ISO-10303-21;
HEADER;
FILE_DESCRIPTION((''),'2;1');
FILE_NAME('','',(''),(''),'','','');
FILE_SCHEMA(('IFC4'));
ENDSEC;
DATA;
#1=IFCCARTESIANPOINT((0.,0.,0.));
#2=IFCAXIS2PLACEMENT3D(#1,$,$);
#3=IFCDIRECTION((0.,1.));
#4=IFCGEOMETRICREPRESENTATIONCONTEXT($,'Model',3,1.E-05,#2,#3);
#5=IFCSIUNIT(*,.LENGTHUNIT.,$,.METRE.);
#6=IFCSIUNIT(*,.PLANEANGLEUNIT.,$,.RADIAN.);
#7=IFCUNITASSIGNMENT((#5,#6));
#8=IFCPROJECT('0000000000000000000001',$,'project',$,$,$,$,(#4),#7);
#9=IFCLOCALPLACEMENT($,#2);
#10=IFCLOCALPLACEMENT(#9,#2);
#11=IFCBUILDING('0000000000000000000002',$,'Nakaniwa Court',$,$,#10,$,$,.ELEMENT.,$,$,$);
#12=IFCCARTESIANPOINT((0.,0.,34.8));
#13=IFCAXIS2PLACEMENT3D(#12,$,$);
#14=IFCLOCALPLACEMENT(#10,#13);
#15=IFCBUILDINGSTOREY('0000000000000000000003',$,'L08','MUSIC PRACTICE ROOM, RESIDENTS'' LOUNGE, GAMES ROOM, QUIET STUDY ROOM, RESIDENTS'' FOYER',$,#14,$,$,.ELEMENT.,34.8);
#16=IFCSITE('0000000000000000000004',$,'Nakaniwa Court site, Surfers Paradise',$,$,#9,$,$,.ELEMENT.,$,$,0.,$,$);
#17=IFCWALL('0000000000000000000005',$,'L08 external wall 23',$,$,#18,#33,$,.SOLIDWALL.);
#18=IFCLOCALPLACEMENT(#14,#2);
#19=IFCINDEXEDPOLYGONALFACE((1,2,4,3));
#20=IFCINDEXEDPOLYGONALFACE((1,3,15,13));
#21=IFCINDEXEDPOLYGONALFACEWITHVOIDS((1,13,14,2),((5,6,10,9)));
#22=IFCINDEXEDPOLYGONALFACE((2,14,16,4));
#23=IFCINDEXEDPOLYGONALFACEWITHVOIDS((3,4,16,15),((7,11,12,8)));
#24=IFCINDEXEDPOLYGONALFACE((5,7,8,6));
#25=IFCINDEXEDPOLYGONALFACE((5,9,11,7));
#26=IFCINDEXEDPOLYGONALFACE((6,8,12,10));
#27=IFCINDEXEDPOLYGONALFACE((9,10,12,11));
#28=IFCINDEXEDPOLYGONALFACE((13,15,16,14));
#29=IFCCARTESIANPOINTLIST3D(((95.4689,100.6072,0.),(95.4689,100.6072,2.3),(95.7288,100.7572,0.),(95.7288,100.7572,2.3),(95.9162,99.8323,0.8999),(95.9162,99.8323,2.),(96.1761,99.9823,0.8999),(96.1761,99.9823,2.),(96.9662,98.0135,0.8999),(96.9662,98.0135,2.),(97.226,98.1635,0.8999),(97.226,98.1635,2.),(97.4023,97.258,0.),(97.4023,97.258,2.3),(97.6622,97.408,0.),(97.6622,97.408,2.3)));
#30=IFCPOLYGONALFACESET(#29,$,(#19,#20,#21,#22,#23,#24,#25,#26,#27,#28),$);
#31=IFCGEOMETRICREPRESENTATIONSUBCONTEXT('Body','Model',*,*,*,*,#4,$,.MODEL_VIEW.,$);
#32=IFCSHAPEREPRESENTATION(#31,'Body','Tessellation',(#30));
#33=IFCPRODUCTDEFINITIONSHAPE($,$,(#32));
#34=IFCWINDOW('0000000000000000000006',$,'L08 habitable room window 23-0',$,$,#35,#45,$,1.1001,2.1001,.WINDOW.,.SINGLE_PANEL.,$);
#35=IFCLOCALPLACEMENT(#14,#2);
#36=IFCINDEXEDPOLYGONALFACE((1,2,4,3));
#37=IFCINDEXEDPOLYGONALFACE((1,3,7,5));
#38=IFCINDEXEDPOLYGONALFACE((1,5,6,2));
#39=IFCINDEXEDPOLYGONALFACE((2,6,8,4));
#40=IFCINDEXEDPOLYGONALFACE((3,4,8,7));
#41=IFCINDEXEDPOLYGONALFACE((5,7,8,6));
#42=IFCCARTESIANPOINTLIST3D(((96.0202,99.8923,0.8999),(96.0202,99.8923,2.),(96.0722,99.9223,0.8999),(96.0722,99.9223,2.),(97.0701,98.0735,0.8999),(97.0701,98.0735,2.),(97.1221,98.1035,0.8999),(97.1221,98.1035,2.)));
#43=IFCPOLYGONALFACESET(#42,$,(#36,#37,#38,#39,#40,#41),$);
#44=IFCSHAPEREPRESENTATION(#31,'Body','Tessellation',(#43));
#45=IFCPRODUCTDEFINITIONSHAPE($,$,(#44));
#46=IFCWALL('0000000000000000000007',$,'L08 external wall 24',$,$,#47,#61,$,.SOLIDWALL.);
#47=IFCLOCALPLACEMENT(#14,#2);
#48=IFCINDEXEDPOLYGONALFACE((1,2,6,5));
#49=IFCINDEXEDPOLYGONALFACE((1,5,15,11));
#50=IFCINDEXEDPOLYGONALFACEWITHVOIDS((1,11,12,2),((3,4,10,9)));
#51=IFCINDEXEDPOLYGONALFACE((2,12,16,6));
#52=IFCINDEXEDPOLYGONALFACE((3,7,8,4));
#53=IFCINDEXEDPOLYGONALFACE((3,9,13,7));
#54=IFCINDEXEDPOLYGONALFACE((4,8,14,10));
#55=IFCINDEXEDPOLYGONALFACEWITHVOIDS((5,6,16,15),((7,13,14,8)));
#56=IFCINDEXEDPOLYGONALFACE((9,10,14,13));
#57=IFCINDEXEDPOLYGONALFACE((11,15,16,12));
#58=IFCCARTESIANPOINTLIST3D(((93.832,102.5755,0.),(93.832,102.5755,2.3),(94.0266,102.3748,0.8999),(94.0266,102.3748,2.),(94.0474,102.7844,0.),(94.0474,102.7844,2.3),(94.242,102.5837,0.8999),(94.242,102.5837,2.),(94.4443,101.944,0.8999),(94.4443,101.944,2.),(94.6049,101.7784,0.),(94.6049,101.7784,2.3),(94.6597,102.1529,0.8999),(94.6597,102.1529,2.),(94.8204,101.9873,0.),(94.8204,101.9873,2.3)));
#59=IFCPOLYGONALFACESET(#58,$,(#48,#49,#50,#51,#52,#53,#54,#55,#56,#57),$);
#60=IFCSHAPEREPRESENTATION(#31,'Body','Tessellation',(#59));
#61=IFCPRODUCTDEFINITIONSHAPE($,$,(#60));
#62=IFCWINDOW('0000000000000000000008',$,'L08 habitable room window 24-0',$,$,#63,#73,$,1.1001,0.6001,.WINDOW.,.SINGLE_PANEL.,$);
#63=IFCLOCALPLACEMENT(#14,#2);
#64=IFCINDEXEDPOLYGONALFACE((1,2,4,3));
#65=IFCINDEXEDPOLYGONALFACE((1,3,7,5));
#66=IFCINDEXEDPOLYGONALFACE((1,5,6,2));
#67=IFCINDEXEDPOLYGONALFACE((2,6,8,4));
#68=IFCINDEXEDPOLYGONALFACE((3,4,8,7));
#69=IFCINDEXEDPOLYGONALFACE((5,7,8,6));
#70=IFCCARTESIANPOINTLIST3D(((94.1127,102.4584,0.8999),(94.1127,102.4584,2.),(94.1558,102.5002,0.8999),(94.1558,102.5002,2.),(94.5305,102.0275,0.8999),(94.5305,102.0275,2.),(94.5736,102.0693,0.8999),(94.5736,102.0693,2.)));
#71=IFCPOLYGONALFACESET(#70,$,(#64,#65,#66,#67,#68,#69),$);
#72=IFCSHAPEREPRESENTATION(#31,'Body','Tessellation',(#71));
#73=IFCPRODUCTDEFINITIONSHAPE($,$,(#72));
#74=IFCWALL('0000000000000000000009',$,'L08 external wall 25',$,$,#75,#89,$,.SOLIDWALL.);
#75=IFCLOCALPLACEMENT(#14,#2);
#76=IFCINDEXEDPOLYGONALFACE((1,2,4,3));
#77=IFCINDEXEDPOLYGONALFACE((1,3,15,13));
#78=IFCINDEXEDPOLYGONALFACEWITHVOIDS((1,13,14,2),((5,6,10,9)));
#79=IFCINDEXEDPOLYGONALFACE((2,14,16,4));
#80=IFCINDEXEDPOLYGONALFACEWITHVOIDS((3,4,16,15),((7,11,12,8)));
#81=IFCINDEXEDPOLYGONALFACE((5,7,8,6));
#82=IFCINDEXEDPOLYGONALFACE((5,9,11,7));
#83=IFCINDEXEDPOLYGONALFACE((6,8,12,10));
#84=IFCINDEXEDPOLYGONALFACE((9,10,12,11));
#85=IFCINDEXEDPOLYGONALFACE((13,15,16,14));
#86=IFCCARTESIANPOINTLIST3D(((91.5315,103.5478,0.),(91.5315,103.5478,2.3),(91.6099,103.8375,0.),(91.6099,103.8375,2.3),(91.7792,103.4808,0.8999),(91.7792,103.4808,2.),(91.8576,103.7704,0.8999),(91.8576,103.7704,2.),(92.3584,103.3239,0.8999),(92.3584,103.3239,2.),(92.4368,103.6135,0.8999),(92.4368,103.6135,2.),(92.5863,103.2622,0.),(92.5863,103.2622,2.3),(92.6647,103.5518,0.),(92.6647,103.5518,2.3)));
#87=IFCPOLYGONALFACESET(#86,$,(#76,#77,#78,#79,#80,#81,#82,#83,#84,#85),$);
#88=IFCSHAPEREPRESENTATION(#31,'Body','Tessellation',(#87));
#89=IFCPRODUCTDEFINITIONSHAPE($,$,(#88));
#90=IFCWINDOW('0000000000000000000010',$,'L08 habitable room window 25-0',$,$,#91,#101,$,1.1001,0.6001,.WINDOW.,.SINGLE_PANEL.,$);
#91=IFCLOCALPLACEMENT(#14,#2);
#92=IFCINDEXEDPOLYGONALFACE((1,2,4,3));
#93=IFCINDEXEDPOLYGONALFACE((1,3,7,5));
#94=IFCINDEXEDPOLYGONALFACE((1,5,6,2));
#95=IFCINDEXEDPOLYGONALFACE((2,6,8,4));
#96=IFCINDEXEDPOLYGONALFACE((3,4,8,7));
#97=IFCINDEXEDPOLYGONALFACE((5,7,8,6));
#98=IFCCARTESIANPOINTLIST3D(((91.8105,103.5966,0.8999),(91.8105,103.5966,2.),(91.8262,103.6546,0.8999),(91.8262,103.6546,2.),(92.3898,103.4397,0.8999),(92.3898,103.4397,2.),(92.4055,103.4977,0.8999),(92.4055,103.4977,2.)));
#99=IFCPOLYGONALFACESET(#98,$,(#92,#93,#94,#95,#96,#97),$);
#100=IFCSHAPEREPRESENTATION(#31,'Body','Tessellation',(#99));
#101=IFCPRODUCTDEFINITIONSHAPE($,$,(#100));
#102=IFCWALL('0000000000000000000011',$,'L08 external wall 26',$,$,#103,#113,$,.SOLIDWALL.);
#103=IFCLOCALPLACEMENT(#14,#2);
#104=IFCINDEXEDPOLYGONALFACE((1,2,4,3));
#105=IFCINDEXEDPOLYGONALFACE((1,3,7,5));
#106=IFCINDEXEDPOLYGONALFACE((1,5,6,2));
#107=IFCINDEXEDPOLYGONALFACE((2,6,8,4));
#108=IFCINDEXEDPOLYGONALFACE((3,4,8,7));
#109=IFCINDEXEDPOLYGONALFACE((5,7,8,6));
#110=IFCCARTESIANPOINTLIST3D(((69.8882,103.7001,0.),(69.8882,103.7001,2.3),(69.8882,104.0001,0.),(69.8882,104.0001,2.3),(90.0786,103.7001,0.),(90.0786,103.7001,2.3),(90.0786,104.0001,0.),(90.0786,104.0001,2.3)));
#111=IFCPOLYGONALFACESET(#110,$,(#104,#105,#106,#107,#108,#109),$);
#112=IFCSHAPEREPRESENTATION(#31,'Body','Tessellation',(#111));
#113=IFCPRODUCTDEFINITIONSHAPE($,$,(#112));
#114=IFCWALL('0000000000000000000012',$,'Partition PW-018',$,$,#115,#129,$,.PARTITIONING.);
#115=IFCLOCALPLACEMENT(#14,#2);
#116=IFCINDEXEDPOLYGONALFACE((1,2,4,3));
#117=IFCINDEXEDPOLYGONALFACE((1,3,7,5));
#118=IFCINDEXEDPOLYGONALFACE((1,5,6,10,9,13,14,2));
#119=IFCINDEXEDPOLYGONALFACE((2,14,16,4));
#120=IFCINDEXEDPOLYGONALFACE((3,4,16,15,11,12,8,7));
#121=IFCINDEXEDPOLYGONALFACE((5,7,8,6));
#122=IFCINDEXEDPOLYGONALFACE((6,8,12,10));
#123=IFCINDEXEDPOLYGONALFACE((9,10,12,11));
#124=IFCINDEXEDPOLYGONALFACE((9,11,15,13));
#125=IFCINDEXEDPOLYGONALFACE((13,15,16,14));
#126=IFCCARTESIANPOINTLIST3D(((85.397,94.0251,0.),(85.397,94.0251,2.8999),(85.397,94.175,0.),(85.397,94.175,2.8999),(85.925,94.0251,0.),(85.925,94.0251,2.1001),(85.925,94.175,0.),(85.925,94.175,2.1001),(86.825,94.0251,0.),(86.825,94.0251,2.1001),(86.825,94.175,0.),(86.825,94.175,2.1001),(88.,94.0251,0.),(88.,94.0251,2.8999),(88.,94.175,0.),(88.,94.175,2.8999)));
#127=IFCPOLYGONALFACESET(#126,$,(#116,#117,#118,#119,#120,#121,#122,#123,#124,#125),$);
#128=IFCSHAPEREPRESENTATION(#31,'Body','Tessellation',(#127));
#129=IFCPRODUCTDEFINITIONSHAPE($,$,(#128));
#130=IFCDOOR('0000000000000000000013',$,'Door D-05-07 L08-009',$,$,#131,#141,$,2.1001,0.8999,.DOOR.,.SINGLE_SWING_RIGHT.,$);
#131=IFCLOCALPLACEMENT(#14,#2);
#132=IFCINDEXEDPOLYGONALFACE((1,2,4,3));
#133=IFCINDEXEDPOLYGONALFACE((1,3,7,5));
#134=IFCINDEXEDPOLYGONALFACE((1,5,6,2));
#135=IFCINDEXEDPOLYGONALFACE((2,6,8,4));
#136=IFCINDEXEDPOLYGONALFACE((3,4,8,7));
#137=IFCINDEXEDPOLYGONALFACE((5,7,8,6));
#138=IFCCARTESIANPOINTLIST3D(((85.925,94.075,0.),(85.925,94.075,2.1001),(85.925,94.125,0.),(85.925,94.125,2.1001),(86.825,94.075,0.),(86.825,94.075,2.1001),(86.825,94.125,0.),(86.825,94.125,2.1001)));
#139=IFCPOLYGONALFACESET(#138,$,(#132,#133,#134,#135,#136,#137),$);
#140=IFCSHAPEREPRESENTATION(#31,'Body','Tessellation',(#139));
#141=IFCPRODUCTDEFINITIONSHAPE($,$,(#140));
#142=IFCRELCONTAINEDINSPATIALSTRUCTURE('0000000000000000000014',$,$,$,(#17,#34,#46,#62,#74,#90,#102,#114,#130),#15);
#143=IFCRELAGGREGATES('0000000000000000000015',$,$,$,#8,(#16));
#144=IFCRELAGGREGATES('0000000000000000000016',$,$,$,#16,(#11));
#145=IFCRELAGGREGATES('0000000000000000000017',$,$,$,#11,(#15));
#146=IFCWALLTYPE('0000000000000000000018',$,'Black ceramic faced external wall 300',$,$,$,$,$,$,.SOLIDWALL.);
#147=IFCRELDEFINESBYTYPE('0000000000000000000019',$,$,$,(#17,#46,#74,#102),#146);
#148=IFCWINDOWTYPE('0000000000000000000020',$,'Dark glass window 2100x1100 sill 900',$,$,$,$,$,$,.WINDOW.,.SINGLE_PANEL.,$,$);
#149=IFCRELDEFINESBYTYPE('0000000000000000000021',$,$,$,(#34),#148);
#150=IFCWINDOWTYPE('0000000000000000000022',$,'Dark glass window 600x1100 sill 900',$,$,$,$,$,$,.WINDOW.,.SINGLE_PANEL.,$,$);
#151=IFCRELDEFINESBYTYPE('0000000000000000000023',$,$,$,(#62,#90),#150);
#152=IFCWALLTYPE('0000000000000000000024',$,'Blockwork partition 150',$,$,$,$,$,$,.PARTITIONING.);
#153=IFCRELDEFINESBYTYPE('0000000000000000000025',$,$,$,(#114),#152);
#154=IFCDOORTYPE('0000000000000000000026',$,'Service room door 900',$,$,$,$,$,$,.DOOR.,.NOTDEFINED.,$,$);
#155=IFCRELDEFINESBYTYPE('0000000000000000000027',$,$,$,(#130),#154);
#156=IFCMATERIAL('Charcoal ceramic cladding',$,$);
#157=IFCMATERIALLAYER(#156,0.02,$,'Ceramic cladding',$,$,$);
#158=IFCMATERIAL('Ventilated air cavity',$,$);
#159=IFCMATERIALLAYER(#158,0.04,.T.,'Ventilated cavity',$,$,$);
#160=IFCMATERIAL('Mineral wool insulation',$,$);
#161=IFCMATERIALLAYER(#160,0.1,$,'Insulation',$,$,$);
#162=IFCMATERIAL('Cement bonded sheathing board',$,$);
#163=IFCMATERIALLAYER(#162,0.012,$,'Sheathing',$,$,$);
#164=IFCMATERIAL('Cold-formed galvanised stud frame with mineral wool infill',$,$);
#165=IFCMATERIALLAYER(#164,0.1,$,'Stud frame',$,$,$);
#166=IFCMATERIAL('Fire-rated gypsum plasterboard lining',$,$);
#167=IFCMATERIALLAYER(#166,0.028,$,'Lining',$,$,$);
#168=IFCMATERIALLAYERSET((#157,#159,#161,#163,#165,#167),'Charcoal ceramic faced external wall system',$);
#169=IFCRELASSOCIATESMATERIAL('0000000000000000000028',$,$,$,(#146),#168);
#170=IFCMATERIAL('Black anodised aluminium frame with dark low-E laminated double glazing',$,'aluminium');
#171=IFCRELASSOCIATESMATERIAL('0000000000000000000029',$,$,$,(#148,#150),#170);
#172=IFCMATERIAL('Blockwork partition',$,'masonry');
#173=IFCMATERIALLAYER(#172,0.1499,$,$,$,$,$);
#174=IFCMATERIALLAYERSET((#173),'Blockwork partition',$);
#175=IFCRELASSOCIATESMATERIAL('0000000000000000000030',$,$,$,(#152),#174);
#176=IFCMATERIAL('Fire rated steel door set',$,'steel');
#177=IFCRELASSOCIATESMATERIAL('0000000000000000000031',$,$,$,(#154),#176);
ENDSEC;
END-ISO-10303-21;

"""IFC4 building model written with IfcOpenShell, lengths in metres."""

from ifc_helpers import new_model, si_unit, direction, frame, frame_2d, origin, place, context, subcontext, project, spatial, rectangle, extrude, material, layer, layer_set, type_object, element, fill, save


model = new_model("IFC4")

# Units and contexts
model_context = context("Model", 3, precision=1e-05, world=origin(), true_north=direction((0.0, 1.0)))
body_context = subcontext(model_context, "Body", "Model", "MODEL_VIEW")
ifc_project = project(units=[si_unit("LENGTHUNIT", "METRE"), si_unit("PLANEANGLEUNIT", "RADIAN")], contexts=[model_context])

# Site, building, storey
site_placement = place(None, origin())
site = spatial("IfcSite", under=ifc_project, at=site_placement, Name="Nakaniwa Court site, Surfers Paradise", CompositionType="ELEMENT", RefElevation=0.0)
building_placement = place(site_placement, origin())
building = spatial("IfcBuilding", under=site, at=building_placement, Name="Nakaniwa Court", CompositionType="ELEMENT")
storey_placement = place(building_placement, frame((0.0, 0.0, 34.8)))
storey = spatial("IfcBuildingStorey", under=building, at=storey_placement, Name="L08", Description="MUSIC PRACTICE ROOM, RESIDENTS' LOUNGE, GAMES ROOM, QUIET STUDY ROOM, RESIDENTS' FOYER", CompositionType="ELEMENT", Elevation=34.8)

# Walls, openings, windows
ifc_material_1 = material(Name="Charcoal ceramic cladding")
ifc_layer_1 = layer(ifc_material_1, 0.02, Name="Ceramic cladding")
ifc_material_2 = material(Name="Ventilated air cavity")
ifc_layer_2 = layer(ifc_material_2, 0.04, ventilated=True, Name="Ventilated cavity")
ifc_material_3 = material(Name="Mineral wool insulation")
ifc_layer_3 = layer(ifc_material_3, 0.1, Name="Insulation")
ifc_material_4 = material(Name="Cement bonded sheathing board")
ifc_layer_4 = layer(ifc_material_4, 0.012, Name="Sheathing")
ifc_material_5 = material(Name="Cold-formed galvanised stud frame with mineral wool infill")
ifc_layer_5 = layer(ifc_material_5, 0.1, Name="Stud frame")
ifc_material_6 = material(Name="Fire-rated gypsum plasterboard lining")
ifc_layer_6 = layer(ifc_material_6, 0.028, Name="Lining")
ifc_layer_set_1 = layer_set([ifc_layer_1, ifc_layer_2, ifc_layer_3, ifc_layer_4, ifc_layer_5, ifc_layer_6], Name="Charcoal ceramic faced external wall system")
wall_type_1 = type_object("IfcWallType", Name="Black ceramic faced external wall 300", PredefinedType="SOLIDWALL", material=ifc_layer_set_1)
wall_1_placement = place(storey_placement, frame((97.5322, 97.333, 0.0), z_axis=(0.0, 0.0, 1.0), x_axis=(-0.499948, 0.866055, 0.0)))
wall_1 = element("IfcWall", 1, at=wall_1_placement, inside=storey, type_object=wall_type_1, Name="L08 external wall 23", PredefinedType="SOLIDWALL", context=body_context, shape_type="SweptSolid", body=[
    extrude(rectangle(XDim=3.8672, YDim=0.3, at=frame_2d((1.9336, 0.0))), origin(), (0.0, 0.0, 1.0), 2.3),
])
opening_1_placement = place(wall_1_placement, frame((0.8723, 0.0, 0.8999)))
opening_1 = element("IfcOpeningElement", 2, at=opening_1_placement, cuts=wall_1, PredefinedType="OPENING", context=body_context, shape_type="SweptSolid", body=[
    extrude(rectangle(XDim=2.1001, YDim=1.1001, at=frame_2d((1.05, 0.55))), frame((0.0, 0.1599, 0.0), z_axis=(0.0, -1.0, 0.0), x_axis=(1.0, 0.0, 0.0)), (0.0, 0.0, 1.0), 0.3201),
])
ifc_material_7 = material(Name="Black anodised aluminium frame with dark low-E laminated double glazing", Category="aluminium")
window_type_1 = type_object("IfcWindowType", Name="Dark glass window 2100x1100 sill 900", PartitioningType="SINGLE_PANEL", PredefinedType="WINDOW", material=ifc_material_7)
window_1_placement = place(opening_1_placement, origin())
window_1 = element("IfcWindow", 3, at=window_1_placement, inside=storey, type_object=window_type_1, Name="L08 habitable room window 23-0", OverallHeight=1.1001, OverallWidth=2.1001, PartitioningType="SINGLE_PANEL", PredefinedType="WINDOW", context=body_context, shape_type="SweptSolid", body=[
    extrude(rectangle(XDim=2.1001, YDim=1.1001, at=frame_2d((1.05, 0.55))), frame((0.0, 0.03, 0.0), z_axis=(0.0, -1.0, 0.0), x_axis=(1.0, 0.0, 0.0)), (0.0, 0.0, 1.0), 0.0601),
])
fill(opening_1, window_1)
wall_2_placement = place(storey_placement, frame((94.7126, 101.8828, 0.0), z_axis=(0.0, 0.0, 1.0), x_axis=(-0.696139, 0.717907, 0.0)))
wall_2 = element("IfcWall", 4, at=wall_2_placement, inside=storey, type_object=wall_type_1, Name="L08 external wall 24", PredefinedType="SOLIDWALL", context=body_context, shape_type="SweptSolid", body=[
    extrude(rectangle(XDim=1.1104, YDim=0.3, at=frame_2d((0.5552, 0.0))), origin(), (0.0, 0.0, 1.0), 2.3),
])
opening_2_placement = place(wall_2_placement, frame((0.2307, 0.0, 0.8999)))
opening_2 = element("IfcOpeningElement", 5, at=opening_2_placement, cuts=wall_2, PredefinedType="OPENING", context=body_context, shape_type="SweptSolid", body=[
    extrude(rectangle(XDim=0.6001, YDim=1.1001, at=frame_2d((0.3, 0.55))), frame((0.0, 0.1599, 0.0), z_axis=(0.0, -1.0, 0.0), x_axis=(1.0, 0.0, 0.0)), (0.0, 0.0, 1.0), 0.3201),
])
window_type_2 = type_object("IfcWindowType", Name="Dark glass window 600x1100 sill 900", PartitioningType="SINGLE_PANEL", PredefinedType="WINDOW", material=ifc_material_7)
window_2_placement = place(opening_2_placement, origin())
window_2 = element("IfcWindow", 6, at=window_2_placement, inside=storey, type_object=window_type_2, Name="L08 habitable room window 24-0", OverallHeight=1.1001, OverallWidth=0.6001, PartitioningType="SINGLE_PANEL", PredefinedType="WINDOW", context=body_context, shape_type="SweptSolid", body=[
    extrude(rectangle(XDim=0.6001, YDim=1.1001, at=frame_2d((0.3, 0.55))), frame((0.0, 0.03, 0.0), z_axis=(0.0, -1.0, 0.0), x_axis=(1.0, 0.0, 0.0)), (0.0, 0.0, 1.0), 0.0601),
])
fill(opening_2, window_2)
wall_3_placement = place(storey_placement, frame((92.6255, 103.407, 0.0), z_axis=(0.0, 0.0, 1.0), x_axis=(-0.965226, 0.261415, 0.0)))
wall_3 = element("IfcWall", 7, at=wall_3_placement, inside=storey, type_object=wall_type_1, Name="L08 external wall 25", PredefinedType="SOLIDWALL", context=body_context, shape_type="SweptSolid", body=[
    extrude(rectangle(XDim=1.0928, YDim=0.3, at=frame_2d((0.5464, 0.0))), origin(), (0.0, 0.0, 1.0), 2.3),
])
opening_3_placement = place(wall_3_placement, frame((0.2361, 0.0, 0.8999)))
opening_3 = element("IfcOpeningElement", 8, at=opening_3_placement, cuts=wall_3, PredefinedType="OPENING", context=body_context, shape_type="SweptSolid", body=[
    extrude(rectangle(XDim=0.6001, YDim=1.1001, at=frame_2d((0.3, 0.55))), frame((0.0, 0.1599, 0.0), z_axis=(0.0, -1.0, 0.0), x_axis=(1.0, 0.0, 0.0)), (0.0, 0.0, 1.0), 0.3201),
])
window_3_placement = place(opening_3_placement, origin())
window_3 = element("IfcWindow", 9, at=window_3_placement, inside=storey, type_object=window_type_2, Name="L08 habitable room window 25-0", OverallHeight=1.1001, OverallWidth=0.6001, PartitioningType="SINGLE_PANEL", PredefinedType="WINDOW", context=body_context, shape_type="SweptSolid", body=[
    extrude(rectangle(XDim=0.6001, YDim=1.1001, at=frame_2d((0.3, 0.55))), frame((0.0, 0.03, 0.0), z_axis=(0.0, -1.0, 0.0), x_axis=(1.0, 0.0, 0.0)), (0.0, 0.0, 1.0), 0.0601),
])
fill(opening_3, window_3)

# Wall
wall_4_placement = place(storey_placement, frame((90.0786, 103.8501, 0.0), z_axis=(0.0, 0.0, 1.0), x_axis=(-1.0, 0.0, 0.0)))
element("IfcWall", 10, at=wall_4_placement, inside=storey, type_object=wall_type_1, Name="L08 external wall 26", PredefinedType="SOLIDWALL", context=body_context, shape_type="SweptSolid", body=[
    extrude(rectangle(XDim=20.1904, YDim=0.3, at=frame_2d((10.0952, 0.0))), origin(), (0.0, 0.0, 1.0), 2.3),
])

# Wall, opening, door
ifc_material_8 = material(Name="Blockwork partition", Category="masonry")
ifc_layer_7 = layer(ifc_material_8, 0.1499)
ifc_layer_set_2 = layer_set([ifc_layer_7], Name="Blockwork partition")
wall_type_2 = type_object("IfcWallType", Name="Blockwork partition 150", PredefinedType="PARTITIONING", material=ifc_layer_set_2)
wall_5_placement = place(storey_placement, frame((85.397, 94.1001, 0.0), z_axis=(0.0, 0.0, 1.0), x_axis=(1.0, 0.0, 0.0)))
wall_5 = element("IfcWall", 11, at=wall_5_placement, inside=storey, type_object=wall_type_2, Name="Partition PW-018", PredefinedType="PARTITIONING", context=body_context, shape_type="SweptSolid", body=[
    extrude(rectangle(XDim=2.603, YDim=0.1499, at=frame_2d((1.3015, 0.0))), origin(), (0.0, 0.0, 1.0), 2.8999),
])
opening_4_placement = place(wall_5_placement, frame((0.5281, 0.0, 0.0)))
opening_4 = element("IfcOpeningElement", 12, at=opening_4_placement, cuts=wall_5, PredefinedType="OPENING", context=body_context, shape_type="SweptSolid", body=[
    extrude(rectangle(XDim=0.8999, YDim=2.1001, at=frame_2d((0.45, 1.05))), frame((0.0, 0.085, 0.0), z_axis=(0.0, -1.0, 0.0), x_axis=(1.0, 0.0, 0.0)), (0.0, 0.0, 1.0), 0.1699),
])
ifc_material_9 = material(Name="Fire rated steel door set", Category="steel")
door_type_1 = type_object("IfcDoorType", Name="Service room door 900", OperationType="NOTDEFINED", PredefinedType="DOOR", material=ifc_material_9)
door_1_placement = place(opening_4_placement, origin())
door_1 = element("IfcDoor", 13, at=door_1_placement, inside=storey, type_object=door_type_1, Name="Door D-05-07 L08-009", OperationType="SINGLE_SWING_RIGHT", OverallHeight=2.1001, OverallWidth=0.8999, PredefinedType="DOOR", context=body_context, shape_type="SweptSolid", body=[
    extrude(rectangle(XDim=0.8999, YDim=2.1001, at=frame_2d((0.45, 1.05))), frame((0.0, 0.0249, 0.0), z_axis=(0.0, -1.0, 0.0), x_axis=(1.0, 0.0, 0.0)), (0.0, 0.0, 1.0), 0.05),
])
fill(opening_4, door_1)

save(model, "model.ifc")
